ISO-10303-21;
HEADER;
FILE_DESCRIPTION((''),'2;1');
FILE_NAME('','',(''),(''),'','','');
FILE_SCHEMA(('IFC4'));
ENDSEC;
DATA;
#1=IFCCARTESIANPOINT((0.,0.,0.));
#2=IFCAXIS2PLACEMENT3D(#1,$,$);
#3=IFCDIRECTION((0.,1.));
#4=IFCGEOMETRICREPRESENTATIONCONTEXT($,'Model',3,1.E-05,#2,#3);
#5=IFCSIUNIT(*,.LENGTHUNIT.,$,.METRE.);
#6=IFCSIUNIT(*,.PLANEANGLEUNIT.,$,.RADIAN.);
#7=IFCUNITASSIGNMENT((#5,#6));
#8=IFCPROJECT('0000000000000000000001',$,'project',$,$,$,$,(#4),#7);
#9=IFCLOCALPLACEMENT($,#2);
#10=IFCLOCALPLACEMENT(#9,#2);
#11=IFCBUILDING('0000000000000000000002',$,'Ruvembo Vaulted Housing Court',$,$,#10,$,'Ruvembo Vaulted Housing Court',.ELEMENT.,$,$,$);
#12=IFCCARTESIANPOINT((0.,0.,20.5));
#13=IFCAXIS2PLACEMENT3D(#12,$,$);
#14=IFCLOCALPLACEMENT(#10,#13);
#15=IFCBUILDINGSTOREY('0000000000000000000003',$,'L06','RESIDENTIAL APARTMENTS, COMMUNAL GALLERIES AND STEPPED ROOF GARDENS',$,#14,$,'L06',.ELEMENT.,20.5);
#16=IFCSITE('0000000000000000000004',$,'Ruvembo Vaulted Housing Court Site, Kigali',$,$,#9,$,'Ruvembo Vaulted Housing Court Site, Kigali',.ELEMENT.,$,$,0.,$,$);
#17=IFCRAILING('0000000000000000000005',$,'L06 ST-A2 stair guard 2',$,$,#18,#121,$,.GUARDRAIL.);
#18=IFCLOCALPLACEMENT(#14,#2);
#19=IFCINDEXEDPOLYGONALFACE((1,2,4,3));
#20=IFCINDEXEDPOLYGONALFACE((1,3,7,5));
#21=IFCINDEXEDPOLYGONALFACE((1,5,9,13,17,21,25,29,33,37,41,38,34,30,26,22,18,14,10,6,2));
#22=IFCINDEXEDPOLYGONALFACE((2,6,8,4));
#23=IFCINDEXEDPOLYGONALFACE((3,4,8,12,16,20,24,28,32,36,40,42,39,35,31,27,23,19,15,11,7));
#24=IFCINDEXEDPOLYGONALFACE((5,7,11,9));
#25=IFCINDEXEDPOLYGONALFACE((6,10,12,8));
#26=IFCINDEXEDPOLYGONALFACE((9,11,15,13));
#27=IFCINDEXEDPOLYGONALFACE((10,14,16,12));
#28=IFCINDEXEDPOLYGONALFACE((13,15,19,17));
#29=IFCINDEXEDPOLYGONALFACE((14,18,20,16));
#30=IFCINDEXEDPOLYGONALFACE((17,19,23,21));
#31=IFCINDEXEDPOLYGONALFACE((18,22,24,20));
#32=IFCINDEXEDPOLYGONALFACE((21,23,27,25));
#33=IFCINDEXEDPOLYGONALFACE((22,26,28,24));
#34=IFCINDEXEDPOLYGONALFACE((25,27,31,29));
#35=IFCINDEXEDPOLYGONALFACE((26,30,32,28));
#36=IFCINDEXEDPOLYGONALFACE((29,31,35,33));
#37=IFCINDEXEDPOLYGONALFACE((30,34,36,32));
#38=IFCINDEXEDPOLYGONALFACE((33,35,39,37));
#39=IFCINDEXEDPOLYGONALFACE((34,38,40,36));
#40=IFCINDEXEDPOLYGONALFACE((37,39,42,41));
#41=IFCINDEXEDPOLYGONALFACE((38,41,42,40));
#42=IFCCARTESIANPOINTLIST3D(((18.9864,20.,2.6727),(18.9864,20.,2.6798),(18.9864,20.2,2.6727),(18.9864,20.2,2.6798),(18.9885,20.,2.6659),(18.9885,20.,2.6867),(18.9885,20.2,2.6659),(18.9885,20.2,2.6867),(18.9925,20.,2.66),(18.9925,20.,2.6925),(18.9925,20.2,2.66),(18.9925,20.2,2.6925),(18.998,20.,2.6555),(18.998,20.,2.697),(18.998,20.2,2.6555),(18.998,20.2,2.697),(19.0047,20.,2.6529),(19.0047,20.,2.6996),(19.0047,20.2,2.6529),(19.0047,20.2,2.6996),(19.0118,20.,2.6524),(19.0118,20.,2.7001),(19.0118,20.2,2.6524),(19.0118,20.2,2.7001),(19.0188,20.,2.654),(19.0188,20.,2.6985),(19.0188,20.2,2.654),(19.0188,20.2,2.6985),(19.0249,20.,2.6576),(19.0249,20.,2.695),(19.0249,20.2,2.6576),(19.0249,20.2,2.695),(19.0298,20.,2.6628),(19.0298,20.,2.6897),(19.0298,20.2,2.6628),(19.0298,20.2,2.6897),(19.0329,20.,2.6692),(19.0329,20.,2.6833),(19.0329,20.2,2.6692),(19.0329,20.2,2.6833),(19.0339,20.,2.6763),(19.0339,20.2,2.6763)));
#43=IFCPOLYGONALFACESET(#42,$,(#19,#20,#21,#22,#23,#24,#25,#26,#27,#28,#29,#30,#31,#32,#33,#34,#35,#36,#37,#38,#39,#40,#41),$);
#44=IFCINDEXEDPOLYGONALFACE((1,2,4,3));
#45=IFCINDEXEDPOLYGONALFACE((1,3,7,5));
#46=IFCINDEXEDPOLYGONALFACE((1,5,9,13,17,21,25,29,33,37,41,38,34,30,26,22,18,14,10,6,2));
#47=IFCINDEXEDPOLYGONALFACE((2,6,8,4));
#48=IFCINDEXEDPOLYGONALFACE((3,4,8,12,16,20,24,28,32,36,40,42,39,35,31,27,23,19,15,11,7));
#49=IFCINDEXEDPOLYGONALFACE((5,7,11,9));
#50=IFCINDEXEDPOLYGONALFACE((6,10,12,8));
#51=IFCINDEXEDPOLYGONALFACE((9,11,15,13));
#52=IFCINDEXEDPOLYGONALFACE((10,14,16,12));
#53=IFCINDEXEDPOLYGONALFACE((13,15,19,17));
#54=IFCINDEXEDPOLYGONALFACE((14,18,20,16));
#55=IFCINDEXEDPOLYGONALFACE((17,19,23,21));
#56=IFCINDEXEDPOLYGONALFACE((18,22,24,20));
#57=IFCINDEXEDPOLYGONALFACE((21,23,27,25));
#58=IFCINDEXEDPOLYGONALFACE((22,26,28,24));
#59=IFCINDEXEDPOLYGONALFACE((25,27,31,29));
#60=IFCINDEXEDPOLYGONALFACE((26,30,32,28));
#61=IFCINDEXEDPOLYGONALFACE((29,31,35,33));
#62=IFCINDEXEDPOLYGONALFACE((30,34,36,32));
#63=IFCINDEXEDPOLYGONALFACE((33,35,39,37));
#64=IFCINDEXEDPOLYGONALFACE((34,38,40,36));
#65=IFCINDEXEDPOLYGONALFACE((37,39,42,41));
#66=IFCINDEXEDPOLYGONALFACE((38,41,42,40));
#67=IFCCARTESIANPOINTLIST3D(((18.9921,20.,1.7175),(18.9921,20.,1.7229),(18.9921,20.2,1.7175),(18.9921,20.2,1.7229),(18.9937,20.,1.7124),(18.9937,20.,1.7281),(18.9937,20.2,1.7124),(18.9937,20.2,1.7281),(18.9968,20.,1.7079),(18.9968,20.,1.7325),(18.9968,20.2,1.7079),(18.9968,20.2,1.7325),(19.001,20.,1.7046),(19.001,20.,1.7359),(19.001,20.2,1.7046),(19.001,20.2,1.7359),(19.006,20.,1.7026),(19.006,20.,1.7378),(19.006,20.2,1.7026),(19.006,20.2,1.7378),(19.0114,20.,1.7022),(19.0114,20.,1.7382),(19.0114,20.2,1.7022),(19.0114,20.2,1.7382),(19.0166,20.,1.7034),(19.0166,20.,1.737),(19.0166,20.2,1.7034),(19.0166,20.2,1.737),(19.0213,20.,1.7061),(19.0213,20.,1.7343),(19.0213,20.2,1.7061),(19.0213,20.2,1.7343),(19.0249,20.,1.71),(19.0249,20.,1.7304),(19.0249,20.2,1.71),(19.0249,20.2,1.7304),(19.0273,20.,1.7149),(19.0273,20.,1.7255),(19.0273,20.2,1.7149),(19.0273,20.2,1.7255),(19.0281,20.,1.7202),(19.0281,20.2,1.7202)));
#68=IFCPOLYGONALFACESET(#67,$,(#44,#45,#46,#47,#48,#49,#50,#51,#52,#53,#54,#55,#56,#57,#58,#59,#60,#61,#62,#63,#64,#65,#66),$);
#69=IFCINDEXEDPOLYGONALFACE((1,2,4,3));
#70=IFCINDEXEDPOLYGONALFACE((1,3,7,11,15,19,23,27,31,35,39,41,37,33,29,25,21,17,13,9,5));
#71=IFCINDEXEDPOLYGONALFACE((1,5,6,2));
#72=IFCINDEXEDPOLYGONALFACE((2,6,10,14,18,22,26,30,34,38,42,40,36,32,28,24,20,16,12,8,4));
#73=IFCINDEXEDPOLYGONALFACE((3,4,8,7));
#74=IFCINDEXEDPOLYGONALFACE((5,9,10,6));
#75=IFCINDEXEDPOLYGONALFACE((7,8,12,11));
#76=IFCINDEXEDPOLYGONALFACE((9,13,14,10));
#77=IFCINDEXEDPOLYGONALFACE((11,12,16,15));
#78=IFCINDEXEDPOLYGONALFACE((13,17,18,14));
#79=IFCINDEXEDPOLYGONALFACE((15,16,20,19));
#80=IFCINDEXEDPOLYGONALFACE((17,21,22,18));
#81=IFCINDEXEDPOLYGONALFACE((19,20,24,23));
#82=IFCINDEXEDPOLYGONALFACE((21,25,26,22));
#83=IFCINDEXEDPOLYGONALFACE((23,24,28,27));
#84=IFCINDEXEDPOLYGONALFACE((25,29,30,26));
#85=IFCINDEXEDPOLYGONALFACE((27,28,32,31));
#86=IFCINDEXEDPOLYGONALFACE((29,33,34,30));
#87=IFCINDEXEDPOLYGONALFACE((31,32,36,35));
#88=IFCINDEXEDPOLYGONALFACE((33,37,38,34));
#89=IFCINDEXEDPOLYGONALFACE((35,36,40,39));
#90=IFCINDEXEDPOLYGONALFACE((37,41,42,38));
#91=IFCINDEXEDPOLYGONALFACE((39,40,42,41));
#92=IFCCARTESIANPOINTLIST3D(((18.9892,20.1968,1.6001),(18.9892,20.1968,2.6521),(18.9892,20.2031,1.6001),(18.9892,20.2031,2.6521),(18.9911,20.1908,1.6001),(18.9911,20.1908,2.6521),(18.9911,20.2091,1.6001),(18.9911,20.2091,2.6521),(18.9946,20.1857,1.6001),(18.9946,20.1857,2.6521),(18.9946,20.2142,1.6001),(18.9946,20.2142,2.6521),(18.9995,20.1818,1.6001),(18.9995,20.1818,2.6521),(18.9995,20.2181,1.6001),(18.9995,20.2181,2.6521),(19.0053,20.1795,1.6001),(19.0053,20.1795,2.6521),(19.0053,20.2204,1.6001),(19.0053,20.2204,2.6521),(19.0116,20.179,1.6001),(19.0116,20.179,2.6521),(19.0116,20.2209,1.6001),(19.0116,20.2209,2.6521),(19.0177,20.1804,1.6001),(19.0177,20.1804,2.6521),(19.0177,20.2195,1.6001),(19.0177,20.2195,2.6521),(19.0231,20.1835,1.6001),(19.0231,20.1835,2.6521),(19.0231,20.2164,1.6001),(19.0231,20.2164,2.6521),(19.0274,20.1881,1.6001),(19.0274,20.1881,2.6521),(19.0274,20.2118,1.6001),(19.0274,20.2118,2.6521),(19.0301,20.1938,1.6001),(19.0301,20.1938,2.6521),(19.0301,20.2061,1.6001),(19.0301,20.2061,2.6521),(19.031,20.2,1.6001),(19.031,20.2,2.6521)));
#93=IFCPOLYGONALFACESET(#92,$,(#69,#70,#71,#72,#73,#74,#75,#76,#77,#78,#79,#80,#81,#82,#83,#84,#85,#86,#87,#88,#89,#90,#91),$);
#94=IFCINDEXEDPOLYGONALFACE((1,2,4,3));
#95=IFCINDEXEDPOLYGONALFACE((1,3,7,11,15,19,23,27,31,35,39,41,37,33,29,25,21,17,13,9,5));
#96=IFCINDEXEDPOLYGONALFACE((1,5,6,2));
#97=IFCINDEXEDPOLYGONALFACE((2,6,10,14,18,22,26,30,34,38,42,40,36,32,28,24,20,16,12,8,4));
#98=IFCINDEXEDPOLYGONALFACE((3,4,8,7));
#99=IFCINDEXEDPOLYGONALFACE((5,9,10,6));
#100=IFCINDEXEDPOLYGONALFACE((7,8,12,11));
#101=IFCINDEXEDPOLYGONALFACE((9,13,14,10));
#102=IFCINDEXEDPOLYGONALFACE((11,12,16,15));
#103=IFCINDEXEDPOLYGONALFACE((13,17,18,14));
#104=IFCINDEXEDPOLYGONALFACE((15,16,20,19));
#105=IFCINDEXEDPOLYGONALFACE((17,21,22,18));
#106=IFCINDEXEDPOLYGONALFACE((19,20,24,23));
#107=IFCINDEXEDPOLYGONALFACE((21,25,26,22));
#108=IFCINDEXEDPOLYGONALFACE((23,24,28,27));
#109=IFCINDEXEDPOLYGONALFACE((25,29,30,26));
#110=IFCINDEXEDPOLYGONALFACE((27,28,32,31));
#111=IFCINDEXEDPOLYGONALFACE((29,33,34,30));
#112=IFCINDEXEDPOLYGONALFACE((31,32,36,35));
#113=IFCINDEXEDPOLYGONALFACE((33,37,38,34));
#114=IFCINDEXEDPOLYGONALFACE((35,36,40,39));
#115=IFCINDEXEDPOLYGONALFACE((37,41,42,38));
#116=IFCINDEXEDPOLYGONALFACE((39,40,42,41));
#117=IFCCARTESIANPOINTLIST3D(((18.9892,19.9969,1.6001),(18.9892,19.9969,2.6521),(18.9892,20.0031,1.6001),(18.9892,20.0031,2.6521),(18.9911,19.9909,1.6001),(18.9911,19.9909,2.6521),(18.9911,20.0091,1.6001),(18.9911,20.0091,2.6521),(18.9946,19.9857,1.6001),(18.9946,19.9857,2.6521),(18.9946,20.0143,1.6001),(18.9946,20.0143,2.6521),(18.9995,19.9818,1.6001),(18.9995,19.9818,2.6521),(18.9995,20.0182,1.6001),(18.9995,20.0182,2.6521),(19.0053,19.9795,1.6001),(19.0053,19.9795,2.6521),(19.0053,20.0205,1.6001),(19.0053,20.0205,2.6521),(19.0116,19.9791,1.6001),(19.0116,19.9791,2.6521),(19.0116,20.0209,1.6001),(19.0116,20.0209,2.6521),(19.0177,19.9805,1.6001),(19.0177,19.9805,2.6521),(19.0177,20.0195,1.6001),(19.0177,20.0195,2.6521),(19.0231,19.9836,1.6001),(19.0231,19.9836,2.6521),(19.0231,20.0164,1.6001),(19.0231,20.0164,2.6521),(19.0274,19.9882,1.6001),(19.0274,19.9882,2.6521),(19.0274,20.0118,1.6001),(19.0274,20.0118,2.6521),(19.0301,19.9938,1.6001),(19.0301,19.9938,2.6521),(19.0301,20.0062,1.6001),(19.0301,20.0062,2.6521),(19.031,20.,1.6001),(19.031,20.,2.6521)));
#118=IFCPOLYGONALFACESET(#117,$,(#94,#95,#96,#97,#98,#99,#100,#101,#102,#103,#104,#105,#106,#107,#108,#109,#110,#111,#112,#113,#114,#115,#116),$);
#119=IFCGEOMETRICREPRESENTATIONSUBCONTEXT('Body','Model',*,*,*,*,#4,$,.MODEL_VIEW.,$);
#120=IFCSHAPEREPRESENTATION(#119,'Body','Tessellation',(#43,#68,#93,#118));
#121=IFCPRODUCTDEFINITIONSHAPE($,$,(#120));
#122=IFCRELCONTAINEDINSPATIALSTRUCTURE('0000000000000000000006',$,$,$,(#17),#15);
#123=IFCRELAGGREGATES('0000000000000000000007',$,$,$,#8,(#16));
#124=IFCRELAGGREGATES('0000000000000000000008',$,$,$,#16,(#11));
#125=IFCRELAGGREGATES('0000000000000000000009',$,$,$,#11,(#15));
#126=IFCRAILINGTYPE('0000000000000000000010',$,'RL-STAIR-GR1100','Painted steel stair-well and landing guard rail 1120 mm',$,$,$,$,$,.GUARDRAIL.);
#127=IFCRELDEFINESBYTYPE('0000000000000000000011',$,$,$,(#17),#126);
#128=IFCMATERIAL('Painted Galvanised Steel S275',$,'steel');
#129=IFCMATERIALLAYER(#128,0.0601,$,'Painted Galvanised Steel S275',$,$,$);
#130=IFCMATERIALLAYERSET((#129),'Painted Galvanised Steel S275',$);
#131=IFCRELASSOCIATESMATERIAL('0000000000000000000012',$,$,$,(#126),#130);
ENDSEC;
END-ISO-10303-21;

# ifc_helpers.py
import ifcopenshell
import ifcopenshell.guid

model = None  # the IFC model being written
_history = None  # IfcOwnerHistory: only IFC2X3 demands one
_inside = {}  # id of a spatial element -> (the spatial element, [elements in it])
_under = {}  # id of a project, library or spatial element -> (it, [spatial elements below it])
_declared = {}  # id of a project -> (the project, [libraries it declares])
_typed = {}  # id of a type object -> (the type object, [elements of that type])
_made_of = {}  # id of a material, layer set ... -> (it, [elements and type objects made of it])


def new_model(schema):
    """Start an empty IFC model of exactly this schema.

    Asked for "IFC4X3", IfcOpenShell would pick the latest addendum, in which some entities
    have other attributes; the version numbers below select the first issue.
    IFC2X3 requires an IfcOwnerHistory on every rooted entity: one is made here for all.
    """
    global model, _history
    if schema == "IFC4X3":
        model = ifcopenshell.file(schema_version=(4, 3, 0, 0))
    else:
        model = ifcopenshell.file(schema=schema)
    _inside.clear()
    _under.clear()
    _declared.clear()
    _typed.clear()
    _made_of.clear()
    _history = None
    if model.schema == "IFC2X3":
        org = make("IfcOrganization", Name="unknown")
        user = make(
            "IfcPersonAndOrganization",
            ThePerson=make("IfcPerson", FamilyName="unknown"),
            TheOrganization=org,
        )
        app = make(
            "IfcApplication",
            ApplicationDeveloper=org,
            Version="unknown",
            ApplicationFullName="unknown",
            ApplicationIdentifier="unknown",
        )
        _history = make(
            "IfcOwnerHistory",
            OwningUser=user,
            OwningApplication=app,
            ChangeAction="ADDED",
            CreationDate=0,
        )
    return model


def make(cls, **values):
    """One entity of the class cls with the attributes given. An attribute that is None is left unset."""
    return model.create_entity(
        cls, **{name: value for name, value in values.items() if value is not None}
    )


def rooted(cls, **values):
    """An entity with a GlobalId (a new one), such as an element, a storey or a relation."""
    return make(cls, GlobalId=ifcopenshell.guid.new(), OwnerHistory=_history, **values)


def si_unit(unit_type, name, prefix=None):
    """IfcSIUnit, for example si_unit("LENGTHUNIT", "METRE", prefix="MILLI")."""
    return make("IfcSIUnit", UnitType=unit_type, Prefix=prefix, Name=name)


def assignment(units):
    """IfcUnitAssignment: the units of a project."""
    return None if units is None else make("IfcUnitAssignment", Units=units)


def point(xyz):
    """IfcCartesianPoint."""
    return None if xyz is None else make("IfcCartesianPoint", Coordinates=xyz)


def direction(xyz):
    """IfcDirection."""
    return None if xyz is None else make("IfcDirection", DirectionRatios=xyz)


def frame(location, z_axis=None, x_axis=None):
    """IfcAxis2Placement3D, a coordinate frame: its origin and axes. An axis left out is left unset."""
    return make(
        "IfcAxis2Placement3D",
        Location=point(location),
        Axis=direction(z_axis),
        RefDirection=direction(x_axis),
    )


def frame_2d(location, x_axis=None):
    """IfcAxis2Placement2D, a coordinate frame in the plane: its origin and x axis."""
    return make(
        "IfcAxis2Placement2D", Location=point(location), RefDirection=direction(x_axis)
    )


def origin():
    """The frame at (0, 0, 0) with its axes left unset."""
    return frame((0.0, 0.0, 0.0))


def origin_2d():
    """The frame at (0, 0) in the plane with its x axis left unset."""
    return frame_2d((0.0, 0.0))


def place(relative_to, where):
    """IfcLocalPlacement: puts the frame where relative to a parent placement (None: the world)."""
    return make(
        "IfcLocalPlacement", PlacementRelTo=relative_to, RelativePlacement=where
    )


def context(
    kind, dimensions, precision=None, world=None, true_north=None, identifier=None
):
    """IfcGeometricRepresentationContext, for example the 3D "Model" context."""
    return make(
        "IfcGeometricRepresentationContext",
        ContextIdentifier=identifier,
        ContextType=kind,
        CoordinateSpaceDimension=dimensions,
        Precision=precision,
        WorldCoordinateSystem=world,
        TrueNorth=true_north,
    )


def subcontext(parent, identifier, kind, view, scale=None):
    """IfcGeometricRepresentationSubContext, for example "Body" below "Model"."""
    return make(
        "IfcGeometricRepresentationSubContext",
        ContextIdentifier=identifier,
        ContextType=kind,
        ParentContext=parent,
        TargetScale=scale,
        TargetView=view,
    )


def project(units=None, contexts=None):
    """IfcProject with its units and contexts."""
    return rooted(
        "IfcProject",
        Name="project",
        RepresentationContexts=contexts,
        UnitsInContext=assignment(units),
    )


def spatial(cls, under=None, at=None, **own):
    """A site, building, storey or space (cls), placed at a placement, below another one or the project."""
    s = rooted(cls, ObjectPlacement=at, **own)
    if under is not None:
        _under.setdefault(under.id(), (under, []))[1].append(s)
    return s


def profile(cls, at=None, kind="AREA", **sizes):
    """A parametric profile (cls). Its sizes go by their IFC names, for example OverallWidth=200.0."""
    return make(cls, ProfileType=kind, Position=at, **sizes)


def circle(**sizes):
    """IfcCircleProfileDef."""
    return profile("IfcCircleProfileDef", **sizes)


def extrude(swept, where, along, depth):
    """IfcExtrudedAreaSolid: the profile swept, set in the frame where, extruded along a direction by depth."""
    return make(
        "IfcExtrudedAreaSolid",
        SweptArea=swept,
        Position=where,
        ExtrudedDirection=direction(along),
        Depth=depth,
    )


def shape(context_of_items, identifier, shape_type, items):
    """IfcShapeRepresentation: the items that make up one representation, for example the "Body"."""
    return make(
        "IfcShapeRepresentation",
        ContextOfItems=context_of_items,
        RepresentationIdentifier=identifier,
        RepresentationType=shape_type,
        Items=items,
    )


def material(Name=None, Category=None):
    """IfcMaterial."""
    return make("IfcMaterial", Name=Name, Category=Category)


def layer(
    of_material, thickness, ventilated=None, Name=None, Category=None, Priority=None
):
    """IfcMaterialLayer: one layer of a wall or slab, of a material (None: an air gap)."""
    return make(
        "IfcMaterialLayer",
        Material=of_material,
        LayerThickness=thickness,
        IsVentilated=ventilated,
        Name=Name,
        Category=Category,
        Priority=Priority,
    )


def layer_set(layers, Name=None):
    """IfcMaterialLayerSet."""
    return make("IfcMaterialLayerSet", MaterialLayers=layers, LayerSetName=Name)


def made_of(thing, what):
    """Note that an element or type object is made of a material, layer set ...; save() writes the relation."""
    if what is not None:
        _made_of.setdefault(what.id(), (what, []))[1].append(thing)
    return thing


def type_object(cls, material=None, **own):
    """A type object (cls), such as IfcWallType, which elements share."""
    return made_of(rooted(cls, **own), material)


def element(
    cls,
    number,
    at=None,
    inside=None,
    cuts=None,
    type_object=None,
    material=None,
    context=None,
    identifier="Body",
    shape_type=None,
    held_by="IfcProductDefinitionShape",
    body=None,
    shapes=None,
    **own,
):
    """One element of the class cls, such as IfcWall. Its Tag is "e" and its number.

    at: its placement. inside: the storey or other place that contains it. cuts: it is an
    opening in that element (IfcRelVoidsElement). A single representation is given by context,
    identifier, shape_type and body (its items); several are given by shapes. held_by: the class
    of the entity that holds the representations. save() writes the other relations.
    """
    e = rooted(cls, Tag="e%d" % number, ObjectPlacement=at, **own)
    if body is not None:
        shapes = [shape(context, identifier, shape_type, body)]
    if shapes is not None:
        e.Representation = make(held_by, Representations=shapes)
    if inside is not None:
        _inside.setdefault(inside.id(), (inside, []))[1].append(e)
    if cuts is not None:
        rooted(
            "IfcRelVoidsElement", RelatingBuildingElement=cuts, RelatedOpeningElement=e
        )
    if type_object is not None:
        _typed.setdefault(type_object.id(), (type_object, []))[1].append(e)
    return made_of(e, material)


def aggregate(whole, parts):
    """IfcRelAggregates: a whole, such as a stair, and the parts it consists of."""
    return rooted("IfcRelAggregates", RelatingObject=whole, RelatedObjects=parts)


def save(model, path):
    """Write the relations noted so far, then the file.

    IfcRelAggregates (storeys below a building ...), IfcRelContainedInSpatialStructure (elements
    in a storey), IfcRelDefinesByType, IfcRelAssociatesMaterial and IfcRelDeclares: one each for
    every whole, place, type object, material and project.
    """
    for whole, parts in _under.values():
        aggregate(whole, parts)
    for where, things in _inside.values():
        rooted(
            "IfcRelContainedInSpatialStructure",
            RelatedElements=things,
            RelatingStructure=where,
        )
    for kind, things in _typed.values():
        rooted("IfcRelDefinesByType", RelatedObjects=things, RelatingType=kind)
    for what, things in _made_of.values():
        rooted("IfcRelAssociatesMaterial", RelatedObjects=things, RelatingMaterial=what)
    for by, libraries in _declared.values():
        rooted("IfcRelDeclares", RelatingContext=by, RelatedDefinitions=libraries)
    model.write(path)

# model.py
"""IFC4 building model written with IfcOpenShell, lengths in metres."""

from ifc_helpers import new_model, si_unit, direction, frame, origin, origin_2d, place, context, subcontext, project, spatial, circle, extrude, material, layer, layer_set, type_object, element, save


model = new_model("IFC4")

# Units and contexts
model_context = context("Model", 3, precision=1e-05, world=origin(), true_north=direction((0.0, 1.0)))
body_context = subcontext(model_context, "Body", "Model", "MODEL_VIEW")
ifc_project = project(units=[si_unit("LENGTHUNIT", "METRE"), si_unit("PLANEANGLEUNIT", "RADIAN")], contexts=[model_context])

# Site, building, storey
site_placement = place(None, origin())
site = spatial("IfcSite", under=ifc_project, at=site_placement, Name="Ruvembo Vaulted Housing Court Site, Kigali", LongName="Ruvembo Vaulted Housing Court Site, Kigali", CompositionType="ELEMENT", RefElevation=0.0)
building_placement = place(site_placement, origin())
building = spatial("IfcBuilding", under=site, at=building_placement, Name="Ruvembo Vaulted Housing Court", LongName="Ruvembo Vaulted Housing Court", CompositionType="ELEMENT")
storey_placement = place(building_placement, frame((0.0, 0.0, 20.5)))
storey = spatial("IfcBuildingStorey", under=building, at=storey_placement, Name="L06", Description="RESIDENTIAL APARTMENTS, COMMUNAL GALLERIES AND STEPPED ROOF GARDENS", LongName="L06", CompositionType="ELEMENT", Elevation=20.5)

# Railing
ifc_material_1 = material(Name="Painted Galvanised Steel S275", Category="steel")
ifc_layer_1 = layer(ifc_material_1, 0.0601, Name="Painted Galvanised Steel S275")
ifc_layer_set_1 = layer_set([ifc_layer_1], Name="Painted Galvanised Steel S275")
railing_type_1 = type_object("IfcRailingType", Name="RL-STAIR-GR1100", Description="Painted steel stair-well and landing guard rail 1120 mm", PredefinedType="GUARDRAIL", material=ifc_layer_set_1)
railing_1_placement = place(storey_placement, frame((19.01, 20.2, 1.6001)))
element("IfcRailing", 1, at=railing_1_placement, inside=storey, type_object=railing_type_1, Name="L06 ST-A2 stair guard 2", PredefinedType="GUARDRAIL", context=body_context, shape_type="SweptSolid", body=[
    extrude(circle(Radius=0.0239, at=origin_2d()), frame((0.0, 0.0, 1.0762), z_axis=(0.0, -1.0, 0.0), x_axis=(1.0, 0.0, 0.0)), (0.0, 0.0, 1.0), 0.2),
    extrude(circle(Radius=0.0181, at=origin_2d()), frame((0.0, 0.0, 0.1201), z_axis=(0.0, -1.0, 0.0), x_axis=(1.0, 0.0, 0.0)), (0.0, 0.0, 1.0), 0.2),
    extrude(circle(Radius=0.021, at=origin_2d()), origin(), (0.0, 0.0, 1.0), 1.052),
    extrude(circle(Radius=0.021, at=origin_2d()), frame((0.0, -0.2, 0.0)), (0.0, 0.0, 1.0), 1.052),
])

save(model, "model.ifc")
